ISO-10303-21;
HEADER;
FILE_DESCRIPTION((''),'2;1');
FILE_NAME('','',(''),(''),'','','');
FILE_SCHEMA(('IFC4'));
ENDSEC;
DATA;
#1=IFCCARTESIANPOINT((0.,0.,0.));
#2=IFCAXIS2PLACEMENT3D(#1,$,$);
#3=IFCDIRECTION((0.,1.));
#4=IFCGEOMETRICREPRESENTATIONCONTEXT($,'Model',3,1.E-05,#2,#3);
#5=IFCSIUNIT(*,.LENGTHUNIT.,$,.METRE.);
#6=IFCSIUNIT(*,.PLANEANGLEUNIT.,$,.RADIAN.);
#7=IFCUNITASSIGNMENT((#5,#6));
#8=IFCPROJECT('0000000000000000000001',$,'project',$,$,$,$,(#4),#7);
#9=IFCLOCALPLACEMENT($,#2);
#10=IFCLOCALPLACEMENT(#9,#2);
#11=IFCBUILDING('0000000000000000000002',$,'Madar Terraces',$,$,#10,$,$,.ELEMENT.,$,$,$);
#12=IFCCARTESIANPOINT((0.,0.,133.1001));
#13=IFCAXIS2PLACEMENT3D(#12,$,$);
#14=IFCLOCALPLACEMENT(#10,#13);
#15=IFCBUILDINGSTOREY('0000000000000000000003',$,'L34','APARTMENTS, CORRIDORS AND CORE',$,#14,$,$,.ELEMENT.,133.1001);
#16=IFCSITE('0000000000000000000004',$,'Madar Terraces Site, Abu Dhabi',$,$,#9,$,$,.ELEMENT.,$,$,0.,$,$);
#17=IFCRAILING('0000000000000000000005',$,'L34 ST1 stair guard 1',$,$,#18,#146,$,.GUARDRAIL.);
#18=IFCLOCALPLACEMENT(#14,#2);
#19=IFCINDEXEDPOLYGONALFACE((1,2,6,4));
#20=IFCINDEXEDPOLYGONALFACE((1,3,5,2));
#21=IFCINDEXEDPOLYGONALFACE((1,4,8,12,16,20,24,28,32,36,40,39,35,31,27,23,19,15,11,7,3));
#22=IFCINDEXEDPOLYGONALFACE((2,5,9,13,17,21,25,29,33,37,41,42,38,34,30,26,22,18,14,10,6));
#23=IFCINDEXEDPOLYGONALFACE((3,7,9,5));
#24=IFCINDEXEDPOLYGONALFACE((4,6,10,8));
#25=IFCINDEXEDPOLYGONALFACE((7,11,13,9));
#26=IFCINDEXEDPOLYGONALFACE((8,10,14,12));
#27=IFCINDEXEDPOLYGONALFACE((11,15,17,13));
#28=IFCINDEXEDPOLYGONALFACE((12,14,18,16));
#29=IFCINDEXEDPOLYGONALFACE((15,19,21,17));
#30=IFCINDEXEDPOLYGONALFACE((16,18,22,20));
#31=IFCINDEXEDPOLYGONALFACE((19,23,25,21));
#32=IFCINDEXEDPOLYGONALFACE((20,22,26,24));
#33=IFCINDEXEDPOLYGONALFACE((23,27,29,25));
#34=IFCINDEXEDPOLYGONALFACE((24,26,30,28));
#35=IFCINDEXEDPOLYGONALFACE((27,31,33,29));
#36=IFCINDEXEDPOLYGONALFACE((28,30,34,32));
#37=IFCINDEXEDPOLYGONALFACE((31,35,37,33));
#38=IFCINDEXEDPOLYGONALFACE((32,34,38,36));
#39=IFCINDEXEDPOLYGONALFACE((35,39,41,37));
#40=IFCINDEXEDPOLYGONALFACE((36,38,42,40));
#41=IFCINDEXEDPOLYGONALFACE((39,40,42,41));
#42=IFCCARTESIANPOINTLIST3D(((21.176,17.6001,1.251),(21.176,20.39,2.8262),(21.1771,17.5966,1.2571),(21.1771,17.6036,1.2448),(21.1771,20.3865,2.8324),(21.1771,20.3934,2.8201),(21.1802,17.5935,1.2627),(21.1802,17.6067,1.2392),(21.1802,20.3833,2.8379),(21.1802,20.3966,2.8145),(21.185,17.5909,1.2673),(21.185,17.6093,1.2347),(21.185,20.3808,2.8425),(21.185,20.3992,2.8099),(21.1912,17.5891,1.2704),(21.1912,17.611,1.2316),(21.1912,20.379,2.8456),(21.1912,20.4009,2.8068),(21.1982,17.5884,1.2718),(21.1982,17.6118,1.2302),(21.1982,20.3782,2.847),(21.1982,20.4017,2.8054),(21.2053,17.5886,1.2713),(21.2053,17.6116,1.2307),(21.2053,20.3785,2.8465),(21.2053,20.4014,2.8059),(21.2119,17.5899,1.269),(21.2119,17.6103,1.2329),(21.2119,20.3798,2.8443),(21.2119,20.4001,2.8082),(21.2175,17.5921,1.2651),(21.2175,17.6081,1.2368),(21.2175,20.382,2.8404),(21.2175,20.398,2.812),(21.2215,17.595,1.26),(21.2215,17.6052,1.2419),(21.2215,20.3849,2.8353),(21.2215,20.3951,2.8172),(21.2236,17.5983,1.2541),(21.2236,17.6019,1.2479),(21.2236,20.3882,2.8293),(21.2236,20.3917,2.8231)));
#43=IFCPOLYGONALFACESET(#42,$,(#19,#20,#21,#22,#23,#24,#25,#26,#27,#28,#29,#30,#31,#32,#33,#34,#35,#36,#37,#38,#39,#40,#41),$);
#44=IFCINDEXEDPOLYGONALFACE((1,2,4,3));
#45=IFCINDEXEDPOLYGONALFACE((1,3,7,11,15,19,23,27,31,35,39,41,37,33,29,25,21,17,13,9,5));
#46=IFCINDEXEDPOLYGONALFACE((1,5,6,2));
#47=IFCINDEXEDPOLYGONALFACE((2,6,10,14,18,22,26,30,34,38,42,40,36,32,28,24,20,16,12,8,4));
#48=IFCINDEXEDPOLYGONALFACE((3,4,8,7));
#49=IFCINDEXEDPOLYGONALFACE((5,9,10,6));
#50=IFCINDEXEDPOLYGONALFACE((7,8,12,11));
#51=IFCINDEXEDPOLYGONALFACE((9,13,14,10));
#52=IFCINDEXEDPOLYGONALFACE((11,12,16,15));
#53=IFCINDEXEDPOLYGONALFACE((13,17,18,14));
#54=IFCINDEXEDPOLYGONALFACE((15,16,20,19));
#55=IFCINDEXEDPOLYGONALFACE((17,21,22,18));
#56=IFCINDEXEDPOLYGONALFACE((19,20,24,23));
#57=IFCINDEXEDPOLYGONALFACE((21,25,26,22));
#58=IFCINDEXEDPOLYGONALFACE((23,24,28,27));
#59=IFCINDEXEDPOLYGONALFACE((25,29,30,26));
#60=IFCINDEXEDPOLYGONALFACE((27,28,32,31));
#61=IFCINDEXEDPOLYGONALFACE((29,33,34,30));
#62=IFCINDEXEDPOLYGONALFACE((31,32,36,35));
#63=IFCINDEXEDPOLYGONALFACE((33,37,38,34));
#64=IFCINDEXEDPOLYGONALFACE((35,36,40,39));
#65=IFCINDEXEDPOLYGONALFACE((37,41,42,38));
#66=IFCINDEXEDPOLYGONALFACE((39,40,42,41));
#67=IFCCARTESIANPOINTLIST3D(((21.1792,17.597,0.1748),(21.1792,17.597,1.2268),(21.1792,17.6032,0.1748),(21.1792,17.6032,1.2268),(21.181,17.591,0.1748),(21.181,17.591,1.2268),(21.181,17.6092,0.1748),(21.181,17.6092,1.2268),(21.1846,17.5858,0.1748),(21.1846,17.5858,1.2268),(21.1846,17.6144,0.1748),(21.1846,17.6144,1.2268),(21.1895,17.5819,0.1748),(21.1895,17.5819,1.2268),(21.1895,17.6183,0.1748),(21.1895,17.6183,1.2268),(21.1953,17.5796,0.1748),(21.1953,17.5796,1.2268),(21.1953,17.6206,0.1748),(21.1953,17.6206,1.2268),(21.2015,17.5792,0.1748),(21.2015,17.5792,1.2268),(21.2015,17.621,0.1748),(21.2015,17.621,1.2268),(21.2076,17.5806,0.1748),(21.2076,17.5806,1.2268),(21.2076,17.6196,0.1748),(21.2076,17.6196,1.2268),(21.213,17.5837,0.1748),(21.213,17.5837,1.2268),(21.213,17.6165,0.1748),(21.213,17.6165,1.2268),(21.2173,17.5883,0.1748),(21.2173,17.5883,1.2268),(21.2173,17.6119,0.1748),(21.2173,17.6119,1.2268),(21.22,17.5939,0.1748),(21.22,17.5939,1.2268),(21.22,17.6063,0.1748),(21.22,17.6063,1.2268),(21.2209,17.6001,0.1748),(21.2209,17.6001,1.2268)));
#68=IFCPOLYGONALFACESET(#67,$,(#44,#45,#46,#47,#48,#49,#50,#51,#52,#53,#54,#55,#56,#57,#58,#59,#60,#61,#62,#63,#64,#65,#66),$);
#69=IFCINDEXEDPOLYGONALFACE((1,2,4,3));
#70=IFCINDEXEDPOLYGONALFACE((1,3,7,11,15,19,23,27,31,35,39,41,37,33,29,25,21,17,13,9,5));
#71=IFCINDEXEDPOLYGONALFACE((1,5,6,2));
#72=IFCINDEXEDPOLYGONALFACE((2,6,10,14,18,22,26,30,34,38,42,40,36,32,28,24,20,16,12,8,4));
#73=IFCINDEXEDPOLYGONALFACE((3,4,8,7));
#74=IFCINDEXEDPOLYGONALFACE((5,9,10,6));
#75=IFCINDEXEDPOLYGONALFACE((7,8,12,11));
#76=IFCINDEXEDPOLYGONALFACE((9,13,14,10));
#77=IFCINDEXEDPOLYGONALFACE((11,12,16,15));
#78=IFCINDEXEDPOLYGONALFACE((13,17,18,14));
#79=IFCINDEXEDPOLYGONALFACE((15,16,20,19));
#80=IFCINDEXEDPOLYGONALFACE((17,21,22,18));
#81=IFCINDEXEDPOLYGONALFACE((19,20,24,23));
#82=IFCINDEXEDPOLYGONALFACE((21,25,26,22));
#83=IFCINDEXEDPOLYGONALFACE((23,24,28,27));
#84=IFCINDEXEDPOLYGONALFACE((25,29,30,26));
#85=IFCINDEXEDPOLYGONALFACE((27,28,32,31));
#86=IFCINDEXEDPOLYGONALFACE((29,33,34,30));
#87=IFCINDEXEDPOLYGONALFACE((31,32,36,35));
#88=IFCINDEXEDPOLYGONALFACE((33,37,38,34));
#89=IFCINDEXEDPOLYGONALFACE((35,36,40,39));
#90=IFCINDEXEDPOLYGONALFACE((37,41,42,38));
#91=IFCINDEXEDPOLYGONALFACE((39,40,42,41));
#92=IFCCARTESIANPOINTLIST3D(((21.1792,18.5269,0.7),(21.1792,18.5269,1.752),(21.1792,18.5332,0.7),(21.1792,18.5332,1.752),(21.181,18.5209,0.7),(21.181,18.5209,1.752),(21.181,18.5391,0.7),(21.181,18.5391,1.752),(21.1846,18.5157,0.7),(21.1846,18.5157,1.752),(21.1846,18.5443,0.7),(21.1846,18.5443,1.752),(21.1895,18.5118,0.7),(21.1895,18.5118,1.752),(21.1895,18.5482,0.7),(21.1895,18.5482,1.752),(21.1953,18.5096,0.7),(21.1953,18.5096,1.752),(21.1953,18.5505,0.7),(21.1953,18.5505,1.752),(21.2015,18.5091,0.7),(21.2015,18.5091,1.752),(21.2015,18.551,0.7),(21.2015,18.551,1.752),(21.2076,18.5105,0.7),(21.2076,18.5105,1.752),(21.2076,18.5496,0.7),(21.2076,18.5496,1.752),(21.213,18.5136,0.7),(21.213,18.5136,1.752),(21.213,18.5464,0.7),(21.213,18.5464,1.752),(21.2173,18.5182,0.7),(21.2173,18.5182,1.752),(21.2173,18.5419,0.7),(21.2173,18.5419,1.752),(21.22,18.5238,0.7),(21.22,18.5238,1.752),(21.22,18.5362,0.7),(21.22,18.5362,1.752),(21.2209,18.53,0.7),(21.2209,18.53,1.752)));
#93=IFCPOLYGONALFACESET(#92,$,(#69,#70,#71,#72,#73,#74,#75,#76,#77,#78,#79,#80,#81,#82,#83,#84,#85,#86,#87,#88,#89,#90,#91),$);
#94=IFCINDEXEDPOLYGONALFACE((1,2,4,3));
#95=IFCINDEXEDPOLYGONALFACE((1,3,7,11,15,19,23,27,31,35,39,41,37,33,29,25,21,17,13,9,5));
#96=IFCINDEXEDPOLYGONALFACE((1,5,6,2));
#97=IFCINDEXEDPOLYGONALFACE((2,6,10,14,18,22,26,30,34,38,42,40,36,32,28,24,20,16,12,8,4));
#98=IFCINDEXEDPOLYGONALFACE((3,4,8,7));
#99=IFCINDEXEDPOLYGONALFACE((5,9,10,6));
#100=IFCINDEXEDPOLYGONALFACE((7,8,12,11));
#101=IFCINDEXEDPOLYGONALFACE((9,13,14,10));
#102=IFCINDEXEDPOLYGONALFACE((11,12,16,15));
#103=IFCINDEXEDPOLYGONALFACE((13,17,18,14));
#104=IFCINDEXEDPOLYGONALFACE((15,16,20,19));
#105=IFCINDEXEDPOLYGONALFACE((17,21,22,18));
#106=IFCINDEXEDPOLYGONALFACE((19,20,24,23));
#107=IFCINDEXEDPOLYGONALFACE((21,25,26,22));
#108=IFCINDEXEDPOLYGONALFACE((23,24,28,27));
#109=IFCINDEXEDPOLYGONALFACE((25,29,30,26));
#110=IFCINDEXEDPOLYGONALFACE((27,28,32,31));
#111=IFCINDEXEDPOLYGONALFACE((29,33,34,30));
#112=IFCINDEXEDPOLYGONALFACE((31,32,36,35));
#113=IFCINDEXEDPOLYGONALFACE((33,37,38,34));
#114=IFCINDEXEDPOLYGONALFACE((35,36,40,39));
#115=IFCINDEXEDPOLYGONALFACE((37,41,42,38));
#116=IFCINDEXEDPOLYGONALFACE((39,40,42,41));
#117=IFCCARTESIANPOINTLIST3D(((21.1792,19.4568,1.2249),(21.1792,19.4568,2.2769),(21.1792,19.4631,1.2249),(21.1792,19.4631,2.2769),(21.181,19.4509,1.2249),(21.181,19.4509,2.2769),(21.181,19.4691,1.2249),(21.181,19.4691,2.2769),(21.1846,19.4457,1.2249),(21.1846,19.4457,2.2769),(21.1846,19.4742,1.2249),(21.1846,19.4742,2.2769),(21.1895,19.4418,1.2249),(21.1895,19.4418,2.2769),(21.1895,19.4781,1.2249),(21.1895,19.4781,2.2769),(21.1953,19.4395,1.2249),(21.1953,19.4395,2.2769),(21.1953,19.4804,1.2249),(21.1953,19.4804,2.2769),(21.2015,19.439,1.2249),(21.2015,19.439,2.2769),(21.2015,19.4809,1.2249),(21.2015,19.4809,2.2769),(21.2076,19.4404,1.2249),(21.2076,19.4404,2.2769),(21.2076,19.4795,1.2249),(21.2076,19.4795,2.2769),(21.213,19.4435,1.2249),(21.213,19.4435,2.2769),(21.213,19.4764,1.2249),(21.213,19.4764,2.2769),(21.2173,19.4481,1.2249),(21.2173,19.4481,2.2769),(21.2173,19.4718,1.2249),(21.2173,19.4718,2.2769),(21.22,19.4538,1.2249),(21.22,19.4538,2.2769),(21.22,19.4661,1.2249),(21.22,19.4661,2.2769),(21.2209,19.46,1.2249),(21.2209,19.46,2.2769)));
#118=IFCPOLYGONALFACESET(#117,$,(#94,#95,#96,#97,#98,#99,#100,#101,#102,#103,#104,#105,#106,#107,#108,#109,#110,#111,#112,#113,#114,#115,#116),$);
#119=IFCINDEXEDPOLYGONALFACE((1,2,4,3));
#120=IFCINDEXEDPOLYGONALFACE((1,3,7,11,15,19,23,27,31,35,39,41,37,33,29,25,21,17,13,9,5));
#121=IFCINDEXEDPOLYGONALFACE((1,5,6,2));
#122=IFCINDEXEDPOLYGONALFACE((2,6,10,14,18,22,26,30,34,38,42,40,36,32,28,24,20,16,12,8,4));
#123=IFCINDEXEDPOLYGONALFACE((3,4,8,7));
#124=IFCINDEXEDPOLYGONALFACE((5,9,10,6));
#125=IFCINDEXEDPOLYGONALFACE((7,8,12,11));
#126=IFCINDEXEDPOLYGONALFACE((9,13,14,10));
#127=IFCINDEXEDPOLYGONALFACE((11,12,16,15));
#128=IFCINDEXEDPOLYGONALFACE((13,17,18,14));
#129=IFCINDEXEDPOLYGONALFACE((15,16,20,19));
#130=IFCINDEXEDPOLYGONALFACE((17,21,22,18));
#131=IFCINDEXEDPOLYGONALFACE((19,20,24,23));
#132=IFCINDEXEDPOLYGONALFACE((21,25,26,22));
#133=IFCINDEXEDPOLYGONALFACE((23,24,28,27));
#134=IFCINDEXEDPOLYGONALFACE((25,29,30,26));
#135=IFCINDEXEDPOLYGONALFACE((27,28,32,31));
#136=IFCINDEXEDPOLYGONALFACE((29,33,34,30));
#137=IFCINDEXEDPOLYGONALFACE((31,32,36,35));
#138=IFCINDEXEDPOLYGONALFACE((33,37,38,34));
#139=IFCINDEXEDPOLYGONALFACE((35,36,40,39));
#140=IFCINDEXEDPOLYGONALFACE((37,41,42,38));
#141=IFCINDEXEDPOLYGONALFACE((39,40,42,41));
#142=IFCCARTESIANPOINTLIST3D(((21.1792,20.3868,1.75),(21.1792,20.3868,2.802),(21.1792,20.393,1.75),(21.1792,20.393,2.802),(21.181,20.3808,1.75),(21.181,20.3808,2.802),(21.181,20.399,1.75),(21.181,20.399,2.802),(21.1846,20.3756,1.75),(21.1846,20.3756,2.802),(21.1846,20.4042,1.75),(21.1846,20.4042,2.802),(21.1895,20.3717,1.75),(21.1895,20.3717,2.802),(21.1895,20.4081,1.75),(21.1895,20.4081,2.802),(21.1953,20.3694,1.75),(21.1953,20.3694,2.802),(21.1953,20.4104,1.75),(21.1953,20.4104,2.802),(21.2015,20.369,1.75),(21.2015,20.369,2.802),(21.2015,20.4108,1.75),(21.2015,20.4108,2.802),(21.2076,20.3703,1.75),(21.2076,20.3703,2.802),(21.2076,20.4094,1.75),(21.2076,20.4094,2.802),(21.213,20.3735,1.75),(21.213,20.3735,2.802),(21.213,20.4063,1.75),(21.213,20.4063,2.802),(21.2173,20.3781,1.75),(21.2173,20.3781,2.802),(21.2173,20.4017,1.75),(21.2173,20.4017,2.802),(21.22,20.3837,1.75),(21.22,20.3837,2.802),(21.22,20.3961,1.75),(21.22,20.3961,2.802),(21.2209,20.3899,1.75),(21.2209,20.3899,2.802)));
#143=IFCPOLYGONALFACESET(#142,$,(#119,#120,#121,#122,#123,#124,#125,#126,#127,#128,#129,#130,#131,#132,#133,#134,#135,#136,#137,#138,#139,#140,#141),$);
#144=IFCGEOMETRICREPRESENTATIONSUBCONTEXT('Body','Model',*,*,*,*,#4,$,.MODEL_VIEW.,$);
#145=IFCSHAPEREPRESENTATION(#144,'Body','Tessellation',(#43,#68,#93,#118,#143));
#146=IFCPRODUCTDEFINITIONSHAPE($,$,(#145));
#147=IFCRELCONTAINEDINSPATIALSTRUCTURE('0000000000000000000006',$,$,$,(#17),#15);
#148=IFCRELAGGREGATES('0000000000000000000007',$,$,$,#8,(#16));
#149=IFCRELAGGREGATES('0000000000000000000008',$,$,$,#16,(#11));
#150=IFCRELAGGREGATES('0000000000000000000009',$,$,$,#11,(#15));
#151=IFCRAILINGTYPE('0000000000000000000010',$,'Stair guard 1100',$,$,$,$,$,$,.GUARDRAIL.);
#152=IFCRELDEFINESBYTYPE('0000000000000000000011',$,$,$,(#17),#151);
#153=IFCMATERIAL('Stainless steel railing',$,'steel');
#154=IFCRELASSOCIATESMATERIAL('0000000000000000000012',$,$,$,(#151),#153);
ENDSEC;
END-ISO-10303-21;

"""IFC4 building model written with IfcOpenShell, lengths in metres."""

from ifc_helpers import new_model, si_unit, direction, frame, origin, origin_2d, place, context, subcontext, project, spatial, circle, extrude, material, type_object, element, save


model = new_model("IFC4")

# Units and contexts
model_context = context("Model", 3, precision=1e-05, world=origin(), true_north=direction((0.0, 1.0)))
body_context = subcontext(model_context, "Body", "Model", "MODEL_VIEW")
ifc_project = project(units=[si_unit("LENGTHUNIT", "METRE"), si_unit("PLANEANGLEUNIT", "RADIAN")], contexts=[model_context])

# Site, building, storey
site_placement = place(None, origin())
site = spatial("IfcSite", under=ifc_project, at=site_placement, Name="Madar Terraces Site, Abu Dhabi", CompositionType="ELEMENT", RefElevation=0.0)
building_placement = place(site_placement, origin())
building = spatial("IfcBuilding", under=site, at=building_placement, Name="Madar Terraces", CompositionType="ELEMENT")
storey_placement = place(building_placement, frame((0.0, 0.0, 133.1001)))
storey = spatial("IfcBuildingStorey", under=building, at=storey_placement, Name="L34", Description="APARTMENTS, CORRIDORS AND CORE", CompositionType="ELEMENT", Elevation=133.1001)

# Railing
ifc_material_1 = material(Name="Stainless steel railing", Category="steel")
railing_type_1 = type_object("IfcRailingType", Name="Stair guard 1100", PredefinedType="GUARDRAIL", material=ifc_material_1)
railing_1_placement = place(storey_placement, frame((21.2, 17.6001, 0.1748)))
element("IfcRailing", 1, at=railing_1_placement, inside=storey, type_object=railing_type_1, Name="L34 ST1 stair guard 1", PredefinedType="GUARDRAIL", context=body_context, shape_type="SweptSolid", body=[
    extrude(circle(Radius=0.0239, at=origin_2d()), frame((0.0, 0.0, 1.0762), z_axis=(0.0, 0.870783, 0.491668), x_axis=(-1.0, 0.0, 0.0)), (0.0, 0.0, 1.0), 3.2039),
    extrude(circle(Radius=0.021, at=origin_2d()), origin(), (0.0, 0.0, 1.0), 1.052),
    extrude(circle(Radius=0.021, at=origin_2d()), frame((0.0, 0.9299, 0.5251)), (0.0, 0.0, 1.0), 1.052),
    extrude(circle(Radius=0.021, at=origin_2d()), frame((0.0, 1.8599, 1.05)), (0.0, 0.0, 1.0), 1.052),
    extrude(circle(Radius=0.021, at=origin_2d()), frame((0.0, 2.7898, 1.5752)), (0.0, 0.0, 1.0), 1.052),
])

save(model, "model.ifc")
